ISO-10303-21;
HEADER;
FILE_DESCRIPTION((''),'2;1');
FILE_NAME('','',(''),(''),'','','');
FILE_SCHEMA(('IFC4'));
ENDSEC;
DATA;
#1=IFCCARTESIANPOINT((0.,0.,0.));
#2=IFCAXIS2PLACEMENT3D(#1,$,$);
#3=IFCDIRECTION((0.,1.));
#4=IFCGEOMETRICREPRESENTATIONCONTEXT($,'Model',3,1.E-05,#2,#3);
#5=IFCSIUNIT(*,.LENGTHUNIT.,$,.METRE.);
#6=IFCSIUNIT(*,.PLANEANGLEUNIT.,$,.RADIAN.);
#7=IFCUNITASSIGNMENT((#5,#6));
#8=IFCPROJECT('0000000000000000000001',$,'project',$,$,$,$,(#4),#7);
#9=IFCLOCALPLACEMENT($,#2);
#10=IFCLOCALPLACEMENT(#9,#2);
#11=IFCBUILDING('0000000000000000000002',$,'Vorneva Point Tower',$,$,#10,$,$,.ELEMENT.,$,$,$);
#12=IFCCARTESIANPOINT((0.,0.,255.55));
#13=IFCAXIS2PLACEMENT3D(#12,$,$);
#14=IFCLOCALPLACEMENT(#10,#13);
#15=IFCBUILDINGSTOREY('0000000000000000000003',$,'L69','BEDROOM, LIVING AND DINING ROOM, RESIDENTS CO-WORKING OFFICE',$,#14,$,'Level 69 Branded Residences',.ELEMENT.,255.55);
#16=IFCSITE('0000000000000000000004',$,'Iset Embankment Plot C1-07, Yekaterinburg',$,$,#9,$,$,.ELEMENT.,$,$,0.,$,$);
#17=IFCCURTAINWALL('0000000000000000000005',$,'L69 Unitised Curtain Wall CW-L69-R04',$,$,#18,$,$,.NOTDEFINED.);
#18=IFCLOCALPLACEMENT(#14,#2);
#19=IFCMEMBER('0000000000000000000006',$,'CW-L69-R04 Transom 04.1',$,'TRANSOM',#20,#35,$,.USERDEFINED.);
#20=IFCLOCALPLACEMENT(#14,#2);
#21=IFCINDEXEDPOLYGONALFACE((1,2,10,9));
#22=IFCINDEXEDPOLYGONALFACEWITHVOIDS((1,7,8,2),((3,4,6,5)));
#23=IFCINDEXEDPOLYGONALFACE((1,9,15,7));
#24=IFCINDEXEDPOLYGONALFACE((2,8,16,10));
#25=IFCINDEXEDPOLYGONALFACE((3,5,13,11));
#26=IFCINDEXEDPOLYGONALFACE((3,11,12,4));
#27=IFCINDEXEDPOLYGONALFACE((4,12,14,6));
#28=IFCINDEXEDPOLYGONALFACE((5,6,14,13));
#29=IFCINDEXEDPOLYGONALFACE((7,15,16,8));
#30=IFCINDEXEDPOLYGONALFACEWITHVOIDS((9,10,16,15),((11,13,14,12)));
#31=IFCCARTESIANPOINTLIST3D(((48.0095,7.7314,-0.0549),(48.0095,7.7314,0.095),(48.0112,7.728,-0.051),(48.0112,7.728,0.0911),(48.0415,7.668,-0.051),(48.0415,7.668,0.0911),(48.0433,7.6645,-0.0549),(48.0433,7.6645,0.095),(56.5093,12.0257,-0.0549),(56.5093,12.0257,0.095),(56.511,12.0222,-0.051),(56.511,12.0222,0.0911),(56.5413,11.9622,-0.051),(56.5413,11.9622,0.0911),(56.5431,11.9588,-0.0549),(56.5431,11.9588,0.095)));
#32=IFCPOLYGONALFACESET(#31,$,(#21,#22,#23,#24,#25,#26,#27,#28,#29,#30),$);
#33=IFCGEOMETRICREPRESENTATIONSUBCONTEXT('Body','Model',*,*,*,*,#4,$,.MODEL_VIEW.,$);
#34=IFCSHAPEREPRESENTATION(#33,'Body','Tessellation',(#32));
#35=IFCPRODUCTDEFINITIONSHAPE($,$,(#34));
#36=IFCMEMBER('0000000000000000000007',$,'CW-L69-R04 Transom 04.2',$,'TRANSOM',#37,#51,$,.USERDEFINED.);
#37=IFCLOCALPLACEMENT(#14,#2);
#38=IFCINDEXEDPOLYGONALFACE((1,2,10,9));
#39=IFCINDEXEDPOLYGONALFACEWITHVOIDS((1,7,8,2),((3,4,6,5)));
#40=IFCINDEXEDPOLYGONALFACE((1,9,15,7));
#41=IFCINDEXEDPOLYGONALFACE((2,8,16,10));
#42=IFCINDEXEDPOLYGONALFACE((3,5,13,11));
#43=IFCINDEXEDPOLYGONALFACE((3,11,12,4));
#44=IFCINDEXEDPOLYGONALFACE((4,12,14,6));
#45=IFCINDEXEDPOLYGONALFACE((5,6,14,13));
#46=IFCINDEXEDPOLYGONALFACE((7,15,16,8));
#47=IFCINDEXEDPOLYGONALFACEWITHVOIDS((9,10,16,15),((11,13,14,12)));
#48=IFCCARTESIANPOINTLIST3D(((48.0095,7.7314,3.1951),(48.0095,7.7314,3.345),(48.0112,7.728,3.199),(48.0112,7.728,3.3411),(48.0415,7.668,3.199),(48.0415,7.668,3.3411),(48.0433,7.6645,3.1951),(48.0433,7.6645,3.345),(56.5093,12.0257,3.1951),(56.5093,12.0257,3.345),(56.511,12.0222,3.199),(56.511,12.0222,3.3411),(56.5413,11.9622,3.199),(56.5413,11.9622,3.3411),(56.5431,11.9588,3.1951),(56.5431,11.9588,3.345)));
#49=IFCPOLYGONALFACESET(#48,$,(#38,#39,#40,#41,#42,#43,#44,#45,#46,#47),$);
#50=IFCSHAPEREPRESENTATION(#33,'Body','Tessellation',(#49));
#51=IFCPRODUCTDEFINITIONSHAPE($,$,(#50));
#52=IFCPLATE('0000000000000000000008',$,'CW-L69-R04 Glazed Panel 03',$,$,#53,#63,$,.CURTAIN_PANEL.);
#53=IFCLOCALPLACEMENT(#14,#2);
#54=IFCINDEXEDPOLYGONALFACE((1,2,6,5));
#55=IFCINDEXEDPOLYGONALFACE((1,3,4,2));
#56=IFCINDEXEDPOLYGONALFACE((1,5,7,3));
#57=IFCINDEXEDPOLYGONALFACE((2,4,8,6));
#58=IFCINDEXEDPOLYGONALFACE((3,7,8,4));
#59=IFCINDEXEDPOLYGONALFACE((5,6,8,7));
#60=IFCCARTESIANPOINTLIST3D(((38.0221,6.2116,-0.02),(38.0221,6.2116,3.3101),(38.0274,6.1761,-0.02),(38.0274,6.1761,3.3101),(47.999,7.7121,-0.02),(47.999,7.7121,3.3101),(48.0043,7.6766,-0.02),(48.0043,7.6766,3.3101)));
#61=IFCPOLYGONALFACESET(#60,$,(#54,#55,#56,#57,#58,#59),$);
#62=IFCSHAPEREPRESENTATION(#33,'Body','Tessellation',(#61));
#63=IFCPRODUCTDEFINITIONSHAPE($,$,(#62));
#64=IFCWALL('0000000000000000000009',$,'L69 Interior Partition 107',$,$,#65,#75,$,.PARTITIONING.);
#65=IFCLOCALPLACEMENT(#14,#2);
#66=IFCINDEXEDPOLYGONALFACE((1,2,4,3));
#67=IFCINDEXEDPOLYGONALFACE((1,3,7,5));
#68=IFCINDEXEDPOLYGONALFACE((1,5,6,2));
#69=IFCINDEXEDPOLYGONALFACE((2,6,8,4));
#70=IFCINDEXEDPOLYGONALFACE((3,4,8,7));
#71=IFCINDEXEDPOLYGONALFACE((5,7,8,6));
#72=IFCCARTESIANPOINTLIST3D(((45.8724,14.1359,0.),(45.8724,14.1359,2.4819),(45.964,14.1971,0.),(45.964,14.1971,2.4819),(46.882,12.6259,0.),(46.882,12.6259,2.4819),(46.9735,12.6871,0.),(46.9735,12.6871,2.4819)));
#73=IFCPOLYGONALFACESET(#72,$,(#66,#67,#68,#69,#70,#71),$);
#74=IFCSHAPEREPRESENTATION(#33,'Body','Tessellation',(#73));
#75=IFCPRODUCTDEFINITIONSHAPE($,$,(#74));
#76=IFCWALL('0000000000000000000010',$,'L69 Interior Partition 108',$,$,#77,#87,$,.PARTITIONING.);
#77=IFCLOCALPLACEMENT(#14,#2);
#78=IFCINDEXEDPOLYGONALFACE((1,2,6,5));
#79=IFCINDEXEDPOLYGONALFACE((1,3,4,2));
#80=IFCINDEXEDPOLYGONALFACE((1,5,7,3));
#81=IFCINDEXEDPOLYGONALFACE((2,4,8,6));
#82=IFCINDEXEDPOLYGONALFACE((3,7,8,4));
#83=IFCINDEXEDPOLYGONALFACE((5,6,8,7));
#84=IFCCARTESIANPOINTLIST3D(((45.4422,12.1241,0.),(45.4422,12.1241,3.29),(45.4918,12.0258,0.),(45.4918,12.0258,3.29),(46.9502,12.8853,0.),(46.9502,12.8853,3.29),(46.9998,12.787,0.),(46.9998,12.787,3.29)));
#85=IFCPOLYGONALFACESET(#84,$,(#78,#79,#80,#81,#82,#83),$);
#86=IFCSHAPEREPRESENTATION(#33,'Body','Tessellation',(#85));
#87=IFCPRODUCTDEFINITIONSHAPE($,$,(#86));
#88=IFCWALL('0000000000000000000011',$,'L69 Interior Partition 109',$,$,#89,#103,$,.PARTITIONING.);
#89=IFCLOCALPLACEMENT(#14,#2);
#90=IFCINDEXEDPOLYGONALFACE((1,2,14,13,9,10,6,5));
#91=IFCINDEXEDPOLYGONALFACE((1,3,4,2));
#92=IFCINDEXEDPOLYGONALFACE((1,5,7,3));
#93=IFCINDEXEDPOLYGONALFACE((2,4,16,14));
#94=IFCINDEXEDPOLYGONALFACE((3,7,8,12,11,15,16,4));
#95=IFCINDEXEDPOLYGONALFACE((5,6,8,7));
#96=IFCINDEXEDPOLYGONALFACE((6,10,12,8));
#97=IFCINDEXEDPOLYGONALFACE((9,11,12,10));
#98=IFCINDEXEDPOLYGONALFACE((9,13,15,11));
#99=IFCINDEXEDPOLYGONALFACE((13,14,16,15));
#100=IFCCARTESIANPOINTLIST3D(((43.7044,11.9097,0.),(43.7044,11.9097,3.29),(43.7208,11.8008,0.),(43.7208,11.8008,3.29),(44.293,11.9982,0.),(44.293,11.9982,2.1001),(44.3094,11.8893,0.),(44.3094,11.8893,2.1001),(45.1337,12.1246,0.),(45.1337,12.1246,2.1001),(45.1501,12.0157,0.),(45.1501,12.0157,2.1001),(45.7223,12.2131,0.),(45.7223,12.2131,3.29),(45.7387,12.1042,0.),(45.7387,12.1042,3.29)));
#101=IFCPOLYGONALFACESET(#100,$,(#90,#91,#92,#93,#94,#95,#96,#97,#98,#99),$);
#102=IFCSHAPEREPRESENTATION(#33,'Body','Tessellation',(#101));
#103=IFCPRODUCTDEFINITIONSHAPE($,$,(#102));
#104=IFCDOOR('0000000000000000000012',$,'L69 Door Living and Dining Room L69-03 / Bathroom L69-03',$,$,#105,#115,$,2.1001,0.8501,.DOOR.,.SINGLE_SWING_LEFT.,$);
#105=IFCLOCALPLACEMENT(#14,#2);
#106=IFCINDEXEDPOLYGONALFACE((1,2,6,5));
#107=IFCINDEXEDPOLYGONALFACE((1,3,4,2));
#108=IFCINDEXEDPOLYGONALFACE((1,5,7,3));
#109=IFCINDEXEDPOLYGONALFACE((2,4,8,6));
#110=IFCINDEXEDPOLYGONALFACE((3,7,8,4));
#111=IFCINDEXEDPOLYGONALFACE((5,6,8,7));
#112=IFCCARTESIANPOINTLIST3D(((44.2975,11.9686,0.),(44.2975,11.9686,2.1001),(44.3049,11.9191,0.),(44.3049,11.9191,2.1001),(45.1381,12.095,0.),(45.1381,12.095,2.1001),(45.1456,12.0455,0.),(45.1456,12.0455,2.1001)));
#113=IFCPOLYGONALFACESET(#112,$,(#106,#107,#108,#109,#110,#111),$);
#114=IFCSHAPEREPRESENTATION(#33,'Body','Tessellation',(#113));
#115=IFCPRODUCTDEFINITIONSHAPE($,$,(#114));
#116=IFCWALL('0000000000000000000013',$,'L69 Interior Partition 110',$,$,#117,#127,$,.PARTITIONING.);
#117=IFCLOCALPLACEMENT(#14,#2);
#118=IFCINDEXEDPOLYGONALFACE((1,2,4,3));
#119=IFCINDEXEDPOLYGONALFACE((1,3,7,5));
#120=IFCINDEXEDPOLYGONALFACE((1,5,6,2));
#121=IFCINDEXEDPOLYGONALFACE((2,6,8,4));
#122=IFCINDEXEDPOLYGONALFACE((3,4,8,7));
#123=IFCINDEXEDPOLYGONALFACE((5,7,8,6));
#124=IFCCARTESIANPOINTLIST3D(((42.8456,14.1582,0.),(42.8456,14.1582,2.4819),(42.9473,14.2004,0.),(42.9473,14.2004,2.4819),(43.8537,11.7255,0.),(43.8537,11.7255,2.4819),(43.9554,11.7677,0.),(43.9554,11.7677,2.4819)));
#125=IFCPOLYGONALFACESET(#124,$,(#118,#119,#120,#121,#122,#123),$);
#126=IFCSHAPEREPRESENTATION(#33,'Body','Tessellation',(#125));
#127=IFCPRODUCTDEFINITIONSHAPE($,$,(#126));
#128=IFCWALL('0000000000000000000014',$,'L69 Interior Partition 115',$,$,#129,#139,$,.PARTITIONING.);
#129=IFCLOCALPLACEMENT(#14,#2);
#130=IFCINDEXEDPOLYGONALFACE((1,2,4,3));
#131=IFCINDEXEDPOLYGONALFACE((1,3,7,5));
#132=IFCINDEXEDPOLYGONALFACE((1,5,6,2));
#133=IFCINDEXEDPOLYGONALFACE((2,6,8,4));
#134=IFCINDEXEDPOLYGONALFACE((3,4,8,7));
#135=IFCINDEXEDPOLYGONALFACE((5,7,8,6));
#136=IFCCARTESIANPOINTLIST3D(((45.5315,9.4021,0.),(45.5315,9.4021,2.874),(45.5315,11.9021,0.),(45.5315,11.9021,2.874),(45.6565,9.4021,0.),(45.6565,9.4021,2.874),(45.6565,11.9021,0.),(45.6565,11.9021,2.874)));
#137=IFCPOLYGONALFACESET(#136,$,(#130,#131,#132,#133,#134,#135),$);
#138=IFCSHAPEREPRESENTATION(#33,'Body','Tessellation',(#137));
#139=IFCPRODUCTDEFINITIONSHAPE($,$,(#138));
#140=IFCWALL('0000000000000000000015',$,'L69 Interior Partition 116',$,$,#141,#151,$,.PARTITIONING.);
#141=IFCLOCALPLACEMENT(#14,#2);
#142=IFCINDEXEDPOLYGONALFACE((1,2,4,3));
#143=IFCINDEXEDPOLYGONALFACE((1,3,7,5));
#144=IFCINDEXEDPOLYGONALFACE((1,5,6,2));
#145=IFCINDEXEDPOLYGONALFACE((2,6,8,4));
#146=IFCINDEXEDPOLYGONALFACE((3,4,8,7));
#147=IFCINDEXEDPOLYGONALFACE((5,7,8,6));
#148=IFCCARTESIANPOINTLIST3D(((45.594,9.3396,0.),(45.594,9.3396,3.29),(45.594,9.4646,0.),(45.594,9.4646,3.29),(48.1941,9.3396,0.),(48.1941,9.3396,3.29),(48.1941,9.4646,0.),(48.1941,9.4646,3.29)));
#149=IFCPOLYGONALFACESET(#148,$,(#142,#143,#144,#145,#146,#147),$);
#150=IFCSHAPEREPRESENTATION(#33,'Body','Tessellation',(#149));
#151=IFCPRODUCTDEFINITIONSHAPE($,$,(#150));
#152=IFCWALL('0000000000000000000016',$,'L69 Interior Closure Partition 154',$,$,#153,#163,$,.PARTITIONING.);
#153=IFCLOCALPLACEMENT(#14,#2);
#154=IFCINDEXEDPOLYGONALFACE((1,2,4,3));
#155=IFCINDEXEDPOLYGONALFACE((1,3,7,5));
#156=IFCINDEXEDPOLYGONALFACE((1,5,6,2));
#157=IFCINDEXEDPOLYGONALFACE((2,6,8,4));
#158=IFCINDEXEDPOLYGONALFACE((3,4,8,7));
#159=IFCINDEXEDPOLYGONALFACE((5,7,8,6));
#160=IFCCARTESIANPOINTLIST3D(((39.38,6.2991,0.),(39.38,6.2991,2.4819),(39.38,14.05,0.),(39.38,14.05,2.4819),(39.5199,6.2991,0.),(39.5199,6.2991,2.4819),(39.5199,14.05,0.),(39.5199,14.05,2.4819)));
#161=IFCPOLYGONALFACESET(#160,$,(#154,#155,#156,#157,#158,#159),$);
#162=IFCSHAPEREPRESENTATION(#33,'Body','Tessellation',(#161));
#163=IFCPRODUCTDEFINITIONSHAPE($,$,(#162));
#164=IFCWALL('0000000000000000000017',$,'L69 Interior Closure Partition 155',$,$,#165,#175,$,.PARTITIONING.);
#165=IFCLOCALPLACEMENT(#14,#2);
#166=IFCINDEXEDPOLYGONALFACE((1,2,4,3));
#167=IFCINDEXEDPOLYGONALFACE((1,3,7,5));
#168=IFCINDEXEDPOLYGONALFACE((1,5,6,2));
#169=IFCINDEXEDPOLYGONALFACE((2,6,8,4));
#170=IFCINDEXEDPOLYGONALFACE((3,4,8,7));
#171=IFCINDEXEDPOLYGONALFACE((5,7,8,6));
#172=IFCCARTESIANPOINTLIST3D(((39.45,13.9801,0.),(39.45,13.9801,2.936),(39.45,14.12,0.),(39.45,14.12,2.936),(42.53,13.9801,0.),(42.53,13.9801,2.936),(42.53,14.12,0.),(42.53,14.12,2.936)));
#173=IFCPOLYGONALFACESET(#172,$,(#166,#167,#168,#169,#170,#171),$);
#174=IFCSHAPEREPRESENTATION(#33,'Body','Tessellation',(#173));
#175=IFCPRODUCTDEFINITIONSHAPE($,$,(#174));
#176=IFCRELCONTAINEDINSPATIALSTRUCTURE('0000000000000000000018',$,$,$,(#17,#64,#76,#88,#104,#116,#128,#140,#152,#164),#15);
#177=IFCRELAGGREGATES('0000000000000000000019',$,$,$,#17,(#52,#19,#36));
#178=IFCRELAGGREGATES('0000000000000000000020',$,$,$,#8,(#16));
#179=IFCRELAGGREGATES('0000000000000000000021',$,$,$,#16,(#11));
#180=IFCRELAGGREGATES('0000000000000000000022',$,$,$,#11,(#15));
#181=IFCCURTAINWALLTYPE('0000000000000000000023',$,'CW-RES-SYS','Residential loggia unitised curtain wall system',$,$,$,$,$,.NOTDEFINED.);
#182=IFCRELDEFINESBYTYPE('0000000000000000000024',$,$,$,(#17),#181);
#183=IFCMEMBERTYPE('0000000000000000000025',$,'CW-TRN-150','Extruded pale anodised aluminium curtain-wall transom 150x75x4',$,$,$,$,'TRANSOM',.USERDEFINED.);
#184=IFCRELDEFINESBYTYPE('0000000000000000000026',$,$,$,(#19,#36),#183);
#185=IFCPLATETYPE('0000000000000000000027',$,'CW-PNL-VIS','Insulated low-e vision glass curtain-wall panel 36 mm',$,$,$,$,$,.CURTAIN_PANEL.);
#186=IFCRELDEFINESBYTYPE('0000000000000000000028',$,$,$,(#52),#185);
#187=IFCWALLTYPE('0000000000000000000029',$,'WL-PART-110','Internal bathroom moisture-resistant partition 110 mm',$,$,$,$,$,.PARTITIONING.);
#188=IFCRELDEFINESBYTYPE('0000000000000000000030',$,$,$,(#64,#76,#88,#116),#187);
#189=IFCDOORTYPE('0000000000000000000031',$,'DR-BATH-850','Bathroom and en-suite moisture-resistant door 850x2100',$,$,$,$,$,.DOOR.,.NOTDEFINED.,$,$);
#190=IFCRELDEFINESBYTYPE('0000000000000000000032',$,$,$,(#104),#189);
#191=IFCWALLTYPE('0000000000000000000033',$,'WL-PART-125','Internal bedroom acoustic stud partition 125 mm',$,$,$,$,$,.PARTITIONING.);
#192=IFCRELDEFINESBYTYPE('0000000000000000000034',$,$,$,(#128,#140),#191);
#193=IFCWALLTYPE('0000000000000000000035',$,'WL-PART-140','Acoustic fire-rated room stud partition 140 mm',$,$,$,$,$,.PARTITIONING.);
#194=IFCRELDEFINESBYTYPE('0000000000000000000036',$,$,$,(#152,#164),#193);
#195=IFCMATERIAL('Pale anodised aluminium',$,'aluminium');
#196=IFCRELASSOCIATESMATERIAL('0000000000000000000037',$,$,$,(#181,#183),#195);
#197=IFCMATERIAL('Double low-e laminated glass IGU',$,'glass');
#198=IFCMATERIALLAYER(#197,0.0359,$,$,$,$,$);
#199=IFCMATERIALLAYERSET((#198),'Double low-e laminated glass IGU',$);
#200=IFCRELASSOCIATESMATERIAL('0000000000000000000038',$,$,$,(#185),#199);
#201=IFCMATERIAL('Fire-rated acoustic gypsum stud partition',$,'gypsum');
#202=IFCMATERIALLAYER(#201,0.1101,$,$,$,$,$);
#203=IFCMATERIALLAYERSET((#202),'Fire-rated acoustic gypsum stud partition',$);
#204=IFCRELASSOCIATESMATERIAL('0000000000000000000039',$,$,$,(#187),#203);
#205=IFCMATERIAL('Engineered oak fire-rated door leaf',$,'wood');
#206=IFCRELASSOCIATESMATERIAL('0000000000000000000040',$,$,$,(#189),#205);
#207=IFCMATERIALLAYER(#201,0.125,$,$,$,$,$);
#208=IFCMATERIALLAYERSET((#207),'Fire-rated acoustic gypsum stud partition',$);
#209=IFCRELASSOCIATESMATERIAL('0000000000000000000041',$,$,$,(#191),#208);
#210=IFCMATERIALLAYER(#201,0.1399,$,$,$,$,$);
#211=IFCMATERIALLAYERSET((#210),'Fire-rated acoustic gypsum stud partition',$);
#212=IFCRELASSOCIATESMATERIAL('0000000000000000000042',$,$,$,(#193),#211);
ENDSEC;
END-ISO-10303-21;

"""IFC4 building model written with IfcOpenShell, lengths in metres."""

from ifc_helpers import new_model, si_unit, direction, frame, frame_2d, origin, origin_2d, place, context, subcontext, project, spatial, rectangle, hollow_rectangle, extrude, material, layer, layer_set, material_profile, profile_set, type_object, element, fill, aggregate, save


model = new_model("IFC4")

# Units and contexts
model_context = context("Model", 3, precision=1e-05, world=origin(), true_north=direction((0.0, 1.0)))
body_context = subcontext(model_context, "Body", "Model", "MODEL_VIEW")
ifc_project = project(units=[si_unit("LENGTHUNIT", "METRE"), si_unit("PLANEANGLEUNIT", "RADIAN")], contexts=[model_context])

# Site, building, storey
site_placement = place(None, origin())
site = spatial("IfcSite", under=ifc_project, at=site_placement, Name="Iset Embankment Plot C1-07, Yekaterinburg", CompositionType="ELEMENT", RefElevation=0.0)
building_placement = place(site_placement, origin())
building = spatial("IfcBuilding", under=site, at=building_placement, Name="Vorneva Point Tower", CompositionType="ELEMENT")
storey_placement = place(building_placement, frame((0.0, 0.0, 255.55)))
storey = spatial("IfcBuildingStorey", under=building, at=storey_placement, Name="L69", Description="BEDROOM, LIVING AND DINING ROOM, RESIDENTS CO-WORKING OFFICE", LongName="Level 69 Branded Residences", CompositionType="ELEMENT", Elevation=255.55)

# Curtain wall, members, plate
ifc_material_1 = material(Name="Pale anodised aluminium", Category="aluminium")
curtain_wall_type = type_object("IfcCurtainWallType", Name="CW-RES-SYS", Description="Residential loggia unitised curtain wall system", PredefinedType="NOTDEFINED", material=ifc_material_1)
curtain_wall_placement = place(storey_placement, origin())
curtain_wall = element("IfcCurtainWall", 1, at=curtain_wall_placement, inside=storey, type_object=curtain_wall_type, Name="L69 Unitised Curtain Wall CW-L69-R04", PredefinedType="NOTDEFINED")
ifc_material_profile_1 = material_profile(ifc_material_1, hollow_rectangle(XDim=0.075, YDim=0.1499, WallThickness=0.0039, at=origin_2d()), Name="AL-TRN 150x75x4")
ifc_profile_set_1 = profile_set([ifc_material_profile_1], Name="Pale anodised aluminium")
member_type_1 = type_object("IfcMemberType", Name="CW-TRN-150", Description="Extruded pale anodised aluminium curtain-wall transom 150x75x4", ElementType="TRANSOM", PredefinedType="USERDEFINED", material=ifc_profile_set_1)
member_1_placement = place(storey_placement, frame((48.0264, 7.698, 0.02), z_axis=(0.892558, 0.450932, 0.0), x_axis=(-0.450932, 0.892558, 0.0)))
member_1 = element("IfcMember", 2, at=member_1_placement, type_object=member_type_1, Name="CW-L69-R04 Transom 04.1", ObjectType="TRANSOM", PredefinedType="USERDEFINED", context=body_context, shape_type="SweptSolid", body=[
    extrude(hollow_rectangle(XDim=0.075, YDim=0.1499, WallThickness=0.0039, at=origin_2d()), origin(), (0.0, 0.0, 1.0), 9.5229),
])
member_2_placement = place(storey_placement, frame((48.0264, 7.698, 3.27), z_axis=(0.892558, 0.450932, 0.0), x_axis=(-0.450932, 0.892558, 0.0)))
member_2 = element("IfcMember", 3, at=member_2_placement, type_object=member_type_1, Name="CW-L69-R04 Transom 04.2", ObjectType="TRANSOM", PredefinedType="USERDEFINED", context=body_context, shape_type="SweptSolid", body=[
    extrude(hollow_rectangle(XDim=0.075, YDim=0.1499, WallThickness=0.0039, at=origin_2d()), origin(), (0.0, 0.0, 1.0), 9.5229),
])
ifc_material_2 = material(Name="Double low-e laminated glass IGU", Category="glass")
ifc_layer_1 = layer(ifc_material_2, 0.0359)
ifc_layer_set_1 = layer_set([ifc_layer_1], Name="Double low-e laminated glass IGU")
plate_type = type_object("IfcPlateType", Name="CW-PNL-VIS", Description="Insulated low-e vision glass curtain-wall panel 36 mm", PredefinedType="CURTAIN_PANEL", material=ifc_layer_set_1)
plate_placement = place(storey_placement, frame((43.0132, 6.9441, -0.02), z_axis=(0.0, 0.0, 1.0), x_axis=(0.988879, 0.148724, 0.0)))
plate = element("IfcPlate", 4, at=plate_placement, type_object=plate_type, Name="CW-L69-R04 Glazed Panel 03", PredefinedType="CURTAIN_PANEL", context=body_context, shape_type="SweptSolid", body=[
    extrude(rectangle(XDim=10.0891, YDim=0.0359, at=origin_2d()), origin(), (0.0, 0.0, 1.0), 3.3301),
])
aggregate(curtain_wall, [plate, member_1, member_2])

# Walls
ifc_material_3 = material(Name="Fire-rated acoustic gypsum stud partition", Category="gypsum")
ifc_layer_2 = layer(ifc_material_3, 0.1101)
ifc_layer_set_2 = layer_set([ifc_layer_2], Name="Fire-rated acoustic gypsum stud partition")
wall_type_1 = type_object("IfcWallType", Name="WL-PART-110", Description="Internal bathroom moisture-resistant partition 110 mm", PredefinedType="PARTITIONING", material=ifc_layer_set_2)
wall_1_placement = place(storey_placement, frame((45.9182, 14.1665, 0.0), z_axis=(0.0, 0.0, 1.0), x_axis=(0.555785, -0.831326, 0.0)))
element("IfcWall", 5, at=wall_1_placement, inside=storey, type_object=wall_type_1, Name="L69 Interior Partition 107", PredefinedType="PARTITIONING", context=body_context, shape_type="SweptSolid", body=[
    extrude(rectangle(XDim=1.8164, YDim=0.1101, at=frame_2d((0.9082, 0.0))), origin(), (0.0, 0.0, 1.0), 2.4819),
])
wall_2_placement = place(storey_placement, frame((46.9751, 12.8362, 0.0), z_axis=(0.0, 0.0, 1.0), x_axis=(-0.892715, -0.450621, 0.0)))
element("IfcWall", 6, at=wall_2_placement, inside=storey, type_object=wall_type_1, Name="L69 Interior Partition 108", PredefinedType="PARTITIONING", context=body_context, shape_type="SweptSolid", body=[
    extrude(rectangle(XDim=1.6892, YDim=0.1101, at=frame_2d((0.8447, 0.0))), origin(), (0.0, 0.0, 1.0), 3.29),
])

# Wall, opening, door
wall_3_placement = place(storey_placement, frame((45.7305, 12.1587, 0.0), z_axis=(0.0, 0.0, 1.0), x_axis=(-0.988879, -0.148721, 0.0)))
wall_3 = element("IfcWall", 7, at=wall_3_placement, inside=storey, type_object=wall_type_1, Name="L69 Interior Partition 109", PredefinedType="PARTITIONING", context=body_context, shape_type="SweptSolid", body=[
    extrude(rectangle(XDim=2.0405, YDim=0.1101, at=frame_2d((1.0203, 0.0))), origin(), (0.0, 0.0, 1.0), 3.29),
])
opening_1_placement = place(wall_3_placement, frame((0.5952, 0.0, 0.0)))
opening_1 = element("IfcOpeningElement", 8, at=opening_1_placement, cuts=wall_3, PredefinedType="OPENING", context=body_context, shape_type="SweptSolid", body=[
    extrude(rectangle(XDim=0.8501, YDim=2.1001, at=frame_2d((0.425, 1.05))), frame((0.0, 0.0698, 0.0), z_axis=(0.0, -1.0, 0.0), x_axis=(1.0, 0.0, 0.0)), (0.0, 0.0, 1.0), 0.1399),
])
ifc_material_4 = material(Name="Engineered oak fire-rated door leaf", Category="wood")
door_type_1 = type_object("IfcDoorType", Name="DR-BATH-850", Description="Bathroom and en-suite moisture-resistant door 850x2100", OperationType="NOTDEFINED", PredefinedType="DOOR", material=ifc_material_4)
door_1_placement = place(opening_1_placement, origin())
door_1 = element("IfcDoor", 9, at=door_1_placement, inside=storey, type_object=door_type_1, Name="L69 Door Living and Dining Room L69-03 / Bathroom L69-03", OperationType="SINGLE_SWING_LEFT", OverallHeight=2.1001, OverallWidth=0.8501, PredefinedType="DOOR", context=body_context, shape_type="SweptSolid", body=[
    extrude(rectangle(XDim=0.8501, YDim=2.1001, at=frame_2d((0.425, 1.05))), frame((0.0, 0.0249, 0.0), z_axis=(0.0, -1.0, 0.0), x_axis=(1.0, 0.0, 0.0)), (0.0, 0.0, 1.0), 0.05),
])
fill(opening_1, door_1)

# Walls
wall_4_placement = place(storey_placement, frame((43.9045, 11.7466, 0.0), z_axis=(0.0, 0.0, 1.0), x_axis=(-0.382824, 0.923821, 0.0)))
element("IfcWall", 10, at=wall_4_placement, inside=storey, type_object=wall_type_1, Name="L69 Interior Partition 110", PredefinedType="PARTITIONING", context=body_context, shape_type="SweptSolid", body=[
    extrude(rectangle(XDim=2.6333, YDim=0.1101, at=frame_2d((1.3167, 0.0))), origin(), (0.0, 0.0, 1.0), 2.4819),
])
ifc_layer_3 = layer(ifc_material_3, 0.125)
ifc_layer_set_3 = layer_set([ifc_layer_3], Name="Fire-rated acoustic gypsum stud partition")
wall_type_2 = type_object("IfcWallType", Name="WL-PART-125", Description="Internal bedroom acoustic stud partition 125 mm", PredefinedType="PARTITIONING", material=ifc_layer_set_3)
wall_5_placement = place(storey_placement, frame((45.594, 11.9021, 0.0), z_axis=(0.0, 0.0, 1.0), x_axis=(0.0, -1.0, 0.0)))
element("IfcWall", 11, at=wall_5_placement, inside=storey, type_object=wall_type_2, Name="L69 Interior Partition 115", PredefinedType="PARTITIONING", context=body_context, shape_type="SweptSolid", body=[
    extrude(rectangle(XDim=2.5, YDim=0.125, at=frame_2d((1.25, 0.0))), origin(), (0.0, 0.0, 1.0), 2.874),
])
wall_6_placement = place(storey_placement, frame((45.594, 9.4021, 0.0), z_axis=(0.0, 0.0, 1.0), x_axis=(1.0, 0.0, 0.0)))
element("IfcWall", 12, at=wall_6_placement, inside=storey, type_object=wall_type_2, Name="L69 Interior Partition 116", PredefinedType="PARTITIONING", context=body_context, shape_type="SweptSolid", body=[
    extrude(rectangle(XDim=2.6001, YDim=0.125, at=frame_2d((1.3, 0.0))), origin(), (0.0, 0.0, 1.0), 3.29),
])
ifc_layer_4 = layer(ifc_material_3, 0.1399)
ifc_layer_set_4 = layer_set([ifc_layer_4], Name="Fire-rated acoustic gypsum stud partition")
wall_type_3 = type_object("IfcWallType", Name="WL-PART-140", Description="Acoustic fire-rated room stud partition 140 mm", PredefinedType="PARTITIONING", material=ifc_layer_set_4)
wall_7_placement = place(storey_placement, frame((39.45, 6.2991, 0.0), z_axis=(0.0, 0.0, 1.0), x_axis=(0.0, 1.0, 0.0)))
element("IfcWall", 13, at=wall_7_placement, inside=storey, type_object=wall_type_3, Name="L69 Interior Closure Partition 154", PredefinedType="PARTITIONING", context=body_context, shape_type="SweptSolid", body=[
    extrude(rectangle(XDim=7.751, YDim=0.1399, at=frame_2d((3.8755, 0.0))), origin(), (0.0, 0.0, 1.0), 2.4819),
])
wall_8_placement = place(storey_placement, frame((39.45, 14.05, 0.0), z_axis=(0.0, 0.0, 1.0), x_axis=(1.0, 0.0, 0.0)))
element("IfcWall", 14, at=wall_8_placement, inside=storey, type_object=wall_type_3, Name="L69 Interior Closure Partition 155", PredefinedType="PARTITIONING", context=body_context, shape_type="SweptSolid", body=[
    extrude(rectangle(XDim=3.0801, YDim=0.1399, at=frame_2d((1.54, 0.0))), origin(), (0.0, 0.0, 1.0), 2.936),
])

save(model, "model.ifc")
